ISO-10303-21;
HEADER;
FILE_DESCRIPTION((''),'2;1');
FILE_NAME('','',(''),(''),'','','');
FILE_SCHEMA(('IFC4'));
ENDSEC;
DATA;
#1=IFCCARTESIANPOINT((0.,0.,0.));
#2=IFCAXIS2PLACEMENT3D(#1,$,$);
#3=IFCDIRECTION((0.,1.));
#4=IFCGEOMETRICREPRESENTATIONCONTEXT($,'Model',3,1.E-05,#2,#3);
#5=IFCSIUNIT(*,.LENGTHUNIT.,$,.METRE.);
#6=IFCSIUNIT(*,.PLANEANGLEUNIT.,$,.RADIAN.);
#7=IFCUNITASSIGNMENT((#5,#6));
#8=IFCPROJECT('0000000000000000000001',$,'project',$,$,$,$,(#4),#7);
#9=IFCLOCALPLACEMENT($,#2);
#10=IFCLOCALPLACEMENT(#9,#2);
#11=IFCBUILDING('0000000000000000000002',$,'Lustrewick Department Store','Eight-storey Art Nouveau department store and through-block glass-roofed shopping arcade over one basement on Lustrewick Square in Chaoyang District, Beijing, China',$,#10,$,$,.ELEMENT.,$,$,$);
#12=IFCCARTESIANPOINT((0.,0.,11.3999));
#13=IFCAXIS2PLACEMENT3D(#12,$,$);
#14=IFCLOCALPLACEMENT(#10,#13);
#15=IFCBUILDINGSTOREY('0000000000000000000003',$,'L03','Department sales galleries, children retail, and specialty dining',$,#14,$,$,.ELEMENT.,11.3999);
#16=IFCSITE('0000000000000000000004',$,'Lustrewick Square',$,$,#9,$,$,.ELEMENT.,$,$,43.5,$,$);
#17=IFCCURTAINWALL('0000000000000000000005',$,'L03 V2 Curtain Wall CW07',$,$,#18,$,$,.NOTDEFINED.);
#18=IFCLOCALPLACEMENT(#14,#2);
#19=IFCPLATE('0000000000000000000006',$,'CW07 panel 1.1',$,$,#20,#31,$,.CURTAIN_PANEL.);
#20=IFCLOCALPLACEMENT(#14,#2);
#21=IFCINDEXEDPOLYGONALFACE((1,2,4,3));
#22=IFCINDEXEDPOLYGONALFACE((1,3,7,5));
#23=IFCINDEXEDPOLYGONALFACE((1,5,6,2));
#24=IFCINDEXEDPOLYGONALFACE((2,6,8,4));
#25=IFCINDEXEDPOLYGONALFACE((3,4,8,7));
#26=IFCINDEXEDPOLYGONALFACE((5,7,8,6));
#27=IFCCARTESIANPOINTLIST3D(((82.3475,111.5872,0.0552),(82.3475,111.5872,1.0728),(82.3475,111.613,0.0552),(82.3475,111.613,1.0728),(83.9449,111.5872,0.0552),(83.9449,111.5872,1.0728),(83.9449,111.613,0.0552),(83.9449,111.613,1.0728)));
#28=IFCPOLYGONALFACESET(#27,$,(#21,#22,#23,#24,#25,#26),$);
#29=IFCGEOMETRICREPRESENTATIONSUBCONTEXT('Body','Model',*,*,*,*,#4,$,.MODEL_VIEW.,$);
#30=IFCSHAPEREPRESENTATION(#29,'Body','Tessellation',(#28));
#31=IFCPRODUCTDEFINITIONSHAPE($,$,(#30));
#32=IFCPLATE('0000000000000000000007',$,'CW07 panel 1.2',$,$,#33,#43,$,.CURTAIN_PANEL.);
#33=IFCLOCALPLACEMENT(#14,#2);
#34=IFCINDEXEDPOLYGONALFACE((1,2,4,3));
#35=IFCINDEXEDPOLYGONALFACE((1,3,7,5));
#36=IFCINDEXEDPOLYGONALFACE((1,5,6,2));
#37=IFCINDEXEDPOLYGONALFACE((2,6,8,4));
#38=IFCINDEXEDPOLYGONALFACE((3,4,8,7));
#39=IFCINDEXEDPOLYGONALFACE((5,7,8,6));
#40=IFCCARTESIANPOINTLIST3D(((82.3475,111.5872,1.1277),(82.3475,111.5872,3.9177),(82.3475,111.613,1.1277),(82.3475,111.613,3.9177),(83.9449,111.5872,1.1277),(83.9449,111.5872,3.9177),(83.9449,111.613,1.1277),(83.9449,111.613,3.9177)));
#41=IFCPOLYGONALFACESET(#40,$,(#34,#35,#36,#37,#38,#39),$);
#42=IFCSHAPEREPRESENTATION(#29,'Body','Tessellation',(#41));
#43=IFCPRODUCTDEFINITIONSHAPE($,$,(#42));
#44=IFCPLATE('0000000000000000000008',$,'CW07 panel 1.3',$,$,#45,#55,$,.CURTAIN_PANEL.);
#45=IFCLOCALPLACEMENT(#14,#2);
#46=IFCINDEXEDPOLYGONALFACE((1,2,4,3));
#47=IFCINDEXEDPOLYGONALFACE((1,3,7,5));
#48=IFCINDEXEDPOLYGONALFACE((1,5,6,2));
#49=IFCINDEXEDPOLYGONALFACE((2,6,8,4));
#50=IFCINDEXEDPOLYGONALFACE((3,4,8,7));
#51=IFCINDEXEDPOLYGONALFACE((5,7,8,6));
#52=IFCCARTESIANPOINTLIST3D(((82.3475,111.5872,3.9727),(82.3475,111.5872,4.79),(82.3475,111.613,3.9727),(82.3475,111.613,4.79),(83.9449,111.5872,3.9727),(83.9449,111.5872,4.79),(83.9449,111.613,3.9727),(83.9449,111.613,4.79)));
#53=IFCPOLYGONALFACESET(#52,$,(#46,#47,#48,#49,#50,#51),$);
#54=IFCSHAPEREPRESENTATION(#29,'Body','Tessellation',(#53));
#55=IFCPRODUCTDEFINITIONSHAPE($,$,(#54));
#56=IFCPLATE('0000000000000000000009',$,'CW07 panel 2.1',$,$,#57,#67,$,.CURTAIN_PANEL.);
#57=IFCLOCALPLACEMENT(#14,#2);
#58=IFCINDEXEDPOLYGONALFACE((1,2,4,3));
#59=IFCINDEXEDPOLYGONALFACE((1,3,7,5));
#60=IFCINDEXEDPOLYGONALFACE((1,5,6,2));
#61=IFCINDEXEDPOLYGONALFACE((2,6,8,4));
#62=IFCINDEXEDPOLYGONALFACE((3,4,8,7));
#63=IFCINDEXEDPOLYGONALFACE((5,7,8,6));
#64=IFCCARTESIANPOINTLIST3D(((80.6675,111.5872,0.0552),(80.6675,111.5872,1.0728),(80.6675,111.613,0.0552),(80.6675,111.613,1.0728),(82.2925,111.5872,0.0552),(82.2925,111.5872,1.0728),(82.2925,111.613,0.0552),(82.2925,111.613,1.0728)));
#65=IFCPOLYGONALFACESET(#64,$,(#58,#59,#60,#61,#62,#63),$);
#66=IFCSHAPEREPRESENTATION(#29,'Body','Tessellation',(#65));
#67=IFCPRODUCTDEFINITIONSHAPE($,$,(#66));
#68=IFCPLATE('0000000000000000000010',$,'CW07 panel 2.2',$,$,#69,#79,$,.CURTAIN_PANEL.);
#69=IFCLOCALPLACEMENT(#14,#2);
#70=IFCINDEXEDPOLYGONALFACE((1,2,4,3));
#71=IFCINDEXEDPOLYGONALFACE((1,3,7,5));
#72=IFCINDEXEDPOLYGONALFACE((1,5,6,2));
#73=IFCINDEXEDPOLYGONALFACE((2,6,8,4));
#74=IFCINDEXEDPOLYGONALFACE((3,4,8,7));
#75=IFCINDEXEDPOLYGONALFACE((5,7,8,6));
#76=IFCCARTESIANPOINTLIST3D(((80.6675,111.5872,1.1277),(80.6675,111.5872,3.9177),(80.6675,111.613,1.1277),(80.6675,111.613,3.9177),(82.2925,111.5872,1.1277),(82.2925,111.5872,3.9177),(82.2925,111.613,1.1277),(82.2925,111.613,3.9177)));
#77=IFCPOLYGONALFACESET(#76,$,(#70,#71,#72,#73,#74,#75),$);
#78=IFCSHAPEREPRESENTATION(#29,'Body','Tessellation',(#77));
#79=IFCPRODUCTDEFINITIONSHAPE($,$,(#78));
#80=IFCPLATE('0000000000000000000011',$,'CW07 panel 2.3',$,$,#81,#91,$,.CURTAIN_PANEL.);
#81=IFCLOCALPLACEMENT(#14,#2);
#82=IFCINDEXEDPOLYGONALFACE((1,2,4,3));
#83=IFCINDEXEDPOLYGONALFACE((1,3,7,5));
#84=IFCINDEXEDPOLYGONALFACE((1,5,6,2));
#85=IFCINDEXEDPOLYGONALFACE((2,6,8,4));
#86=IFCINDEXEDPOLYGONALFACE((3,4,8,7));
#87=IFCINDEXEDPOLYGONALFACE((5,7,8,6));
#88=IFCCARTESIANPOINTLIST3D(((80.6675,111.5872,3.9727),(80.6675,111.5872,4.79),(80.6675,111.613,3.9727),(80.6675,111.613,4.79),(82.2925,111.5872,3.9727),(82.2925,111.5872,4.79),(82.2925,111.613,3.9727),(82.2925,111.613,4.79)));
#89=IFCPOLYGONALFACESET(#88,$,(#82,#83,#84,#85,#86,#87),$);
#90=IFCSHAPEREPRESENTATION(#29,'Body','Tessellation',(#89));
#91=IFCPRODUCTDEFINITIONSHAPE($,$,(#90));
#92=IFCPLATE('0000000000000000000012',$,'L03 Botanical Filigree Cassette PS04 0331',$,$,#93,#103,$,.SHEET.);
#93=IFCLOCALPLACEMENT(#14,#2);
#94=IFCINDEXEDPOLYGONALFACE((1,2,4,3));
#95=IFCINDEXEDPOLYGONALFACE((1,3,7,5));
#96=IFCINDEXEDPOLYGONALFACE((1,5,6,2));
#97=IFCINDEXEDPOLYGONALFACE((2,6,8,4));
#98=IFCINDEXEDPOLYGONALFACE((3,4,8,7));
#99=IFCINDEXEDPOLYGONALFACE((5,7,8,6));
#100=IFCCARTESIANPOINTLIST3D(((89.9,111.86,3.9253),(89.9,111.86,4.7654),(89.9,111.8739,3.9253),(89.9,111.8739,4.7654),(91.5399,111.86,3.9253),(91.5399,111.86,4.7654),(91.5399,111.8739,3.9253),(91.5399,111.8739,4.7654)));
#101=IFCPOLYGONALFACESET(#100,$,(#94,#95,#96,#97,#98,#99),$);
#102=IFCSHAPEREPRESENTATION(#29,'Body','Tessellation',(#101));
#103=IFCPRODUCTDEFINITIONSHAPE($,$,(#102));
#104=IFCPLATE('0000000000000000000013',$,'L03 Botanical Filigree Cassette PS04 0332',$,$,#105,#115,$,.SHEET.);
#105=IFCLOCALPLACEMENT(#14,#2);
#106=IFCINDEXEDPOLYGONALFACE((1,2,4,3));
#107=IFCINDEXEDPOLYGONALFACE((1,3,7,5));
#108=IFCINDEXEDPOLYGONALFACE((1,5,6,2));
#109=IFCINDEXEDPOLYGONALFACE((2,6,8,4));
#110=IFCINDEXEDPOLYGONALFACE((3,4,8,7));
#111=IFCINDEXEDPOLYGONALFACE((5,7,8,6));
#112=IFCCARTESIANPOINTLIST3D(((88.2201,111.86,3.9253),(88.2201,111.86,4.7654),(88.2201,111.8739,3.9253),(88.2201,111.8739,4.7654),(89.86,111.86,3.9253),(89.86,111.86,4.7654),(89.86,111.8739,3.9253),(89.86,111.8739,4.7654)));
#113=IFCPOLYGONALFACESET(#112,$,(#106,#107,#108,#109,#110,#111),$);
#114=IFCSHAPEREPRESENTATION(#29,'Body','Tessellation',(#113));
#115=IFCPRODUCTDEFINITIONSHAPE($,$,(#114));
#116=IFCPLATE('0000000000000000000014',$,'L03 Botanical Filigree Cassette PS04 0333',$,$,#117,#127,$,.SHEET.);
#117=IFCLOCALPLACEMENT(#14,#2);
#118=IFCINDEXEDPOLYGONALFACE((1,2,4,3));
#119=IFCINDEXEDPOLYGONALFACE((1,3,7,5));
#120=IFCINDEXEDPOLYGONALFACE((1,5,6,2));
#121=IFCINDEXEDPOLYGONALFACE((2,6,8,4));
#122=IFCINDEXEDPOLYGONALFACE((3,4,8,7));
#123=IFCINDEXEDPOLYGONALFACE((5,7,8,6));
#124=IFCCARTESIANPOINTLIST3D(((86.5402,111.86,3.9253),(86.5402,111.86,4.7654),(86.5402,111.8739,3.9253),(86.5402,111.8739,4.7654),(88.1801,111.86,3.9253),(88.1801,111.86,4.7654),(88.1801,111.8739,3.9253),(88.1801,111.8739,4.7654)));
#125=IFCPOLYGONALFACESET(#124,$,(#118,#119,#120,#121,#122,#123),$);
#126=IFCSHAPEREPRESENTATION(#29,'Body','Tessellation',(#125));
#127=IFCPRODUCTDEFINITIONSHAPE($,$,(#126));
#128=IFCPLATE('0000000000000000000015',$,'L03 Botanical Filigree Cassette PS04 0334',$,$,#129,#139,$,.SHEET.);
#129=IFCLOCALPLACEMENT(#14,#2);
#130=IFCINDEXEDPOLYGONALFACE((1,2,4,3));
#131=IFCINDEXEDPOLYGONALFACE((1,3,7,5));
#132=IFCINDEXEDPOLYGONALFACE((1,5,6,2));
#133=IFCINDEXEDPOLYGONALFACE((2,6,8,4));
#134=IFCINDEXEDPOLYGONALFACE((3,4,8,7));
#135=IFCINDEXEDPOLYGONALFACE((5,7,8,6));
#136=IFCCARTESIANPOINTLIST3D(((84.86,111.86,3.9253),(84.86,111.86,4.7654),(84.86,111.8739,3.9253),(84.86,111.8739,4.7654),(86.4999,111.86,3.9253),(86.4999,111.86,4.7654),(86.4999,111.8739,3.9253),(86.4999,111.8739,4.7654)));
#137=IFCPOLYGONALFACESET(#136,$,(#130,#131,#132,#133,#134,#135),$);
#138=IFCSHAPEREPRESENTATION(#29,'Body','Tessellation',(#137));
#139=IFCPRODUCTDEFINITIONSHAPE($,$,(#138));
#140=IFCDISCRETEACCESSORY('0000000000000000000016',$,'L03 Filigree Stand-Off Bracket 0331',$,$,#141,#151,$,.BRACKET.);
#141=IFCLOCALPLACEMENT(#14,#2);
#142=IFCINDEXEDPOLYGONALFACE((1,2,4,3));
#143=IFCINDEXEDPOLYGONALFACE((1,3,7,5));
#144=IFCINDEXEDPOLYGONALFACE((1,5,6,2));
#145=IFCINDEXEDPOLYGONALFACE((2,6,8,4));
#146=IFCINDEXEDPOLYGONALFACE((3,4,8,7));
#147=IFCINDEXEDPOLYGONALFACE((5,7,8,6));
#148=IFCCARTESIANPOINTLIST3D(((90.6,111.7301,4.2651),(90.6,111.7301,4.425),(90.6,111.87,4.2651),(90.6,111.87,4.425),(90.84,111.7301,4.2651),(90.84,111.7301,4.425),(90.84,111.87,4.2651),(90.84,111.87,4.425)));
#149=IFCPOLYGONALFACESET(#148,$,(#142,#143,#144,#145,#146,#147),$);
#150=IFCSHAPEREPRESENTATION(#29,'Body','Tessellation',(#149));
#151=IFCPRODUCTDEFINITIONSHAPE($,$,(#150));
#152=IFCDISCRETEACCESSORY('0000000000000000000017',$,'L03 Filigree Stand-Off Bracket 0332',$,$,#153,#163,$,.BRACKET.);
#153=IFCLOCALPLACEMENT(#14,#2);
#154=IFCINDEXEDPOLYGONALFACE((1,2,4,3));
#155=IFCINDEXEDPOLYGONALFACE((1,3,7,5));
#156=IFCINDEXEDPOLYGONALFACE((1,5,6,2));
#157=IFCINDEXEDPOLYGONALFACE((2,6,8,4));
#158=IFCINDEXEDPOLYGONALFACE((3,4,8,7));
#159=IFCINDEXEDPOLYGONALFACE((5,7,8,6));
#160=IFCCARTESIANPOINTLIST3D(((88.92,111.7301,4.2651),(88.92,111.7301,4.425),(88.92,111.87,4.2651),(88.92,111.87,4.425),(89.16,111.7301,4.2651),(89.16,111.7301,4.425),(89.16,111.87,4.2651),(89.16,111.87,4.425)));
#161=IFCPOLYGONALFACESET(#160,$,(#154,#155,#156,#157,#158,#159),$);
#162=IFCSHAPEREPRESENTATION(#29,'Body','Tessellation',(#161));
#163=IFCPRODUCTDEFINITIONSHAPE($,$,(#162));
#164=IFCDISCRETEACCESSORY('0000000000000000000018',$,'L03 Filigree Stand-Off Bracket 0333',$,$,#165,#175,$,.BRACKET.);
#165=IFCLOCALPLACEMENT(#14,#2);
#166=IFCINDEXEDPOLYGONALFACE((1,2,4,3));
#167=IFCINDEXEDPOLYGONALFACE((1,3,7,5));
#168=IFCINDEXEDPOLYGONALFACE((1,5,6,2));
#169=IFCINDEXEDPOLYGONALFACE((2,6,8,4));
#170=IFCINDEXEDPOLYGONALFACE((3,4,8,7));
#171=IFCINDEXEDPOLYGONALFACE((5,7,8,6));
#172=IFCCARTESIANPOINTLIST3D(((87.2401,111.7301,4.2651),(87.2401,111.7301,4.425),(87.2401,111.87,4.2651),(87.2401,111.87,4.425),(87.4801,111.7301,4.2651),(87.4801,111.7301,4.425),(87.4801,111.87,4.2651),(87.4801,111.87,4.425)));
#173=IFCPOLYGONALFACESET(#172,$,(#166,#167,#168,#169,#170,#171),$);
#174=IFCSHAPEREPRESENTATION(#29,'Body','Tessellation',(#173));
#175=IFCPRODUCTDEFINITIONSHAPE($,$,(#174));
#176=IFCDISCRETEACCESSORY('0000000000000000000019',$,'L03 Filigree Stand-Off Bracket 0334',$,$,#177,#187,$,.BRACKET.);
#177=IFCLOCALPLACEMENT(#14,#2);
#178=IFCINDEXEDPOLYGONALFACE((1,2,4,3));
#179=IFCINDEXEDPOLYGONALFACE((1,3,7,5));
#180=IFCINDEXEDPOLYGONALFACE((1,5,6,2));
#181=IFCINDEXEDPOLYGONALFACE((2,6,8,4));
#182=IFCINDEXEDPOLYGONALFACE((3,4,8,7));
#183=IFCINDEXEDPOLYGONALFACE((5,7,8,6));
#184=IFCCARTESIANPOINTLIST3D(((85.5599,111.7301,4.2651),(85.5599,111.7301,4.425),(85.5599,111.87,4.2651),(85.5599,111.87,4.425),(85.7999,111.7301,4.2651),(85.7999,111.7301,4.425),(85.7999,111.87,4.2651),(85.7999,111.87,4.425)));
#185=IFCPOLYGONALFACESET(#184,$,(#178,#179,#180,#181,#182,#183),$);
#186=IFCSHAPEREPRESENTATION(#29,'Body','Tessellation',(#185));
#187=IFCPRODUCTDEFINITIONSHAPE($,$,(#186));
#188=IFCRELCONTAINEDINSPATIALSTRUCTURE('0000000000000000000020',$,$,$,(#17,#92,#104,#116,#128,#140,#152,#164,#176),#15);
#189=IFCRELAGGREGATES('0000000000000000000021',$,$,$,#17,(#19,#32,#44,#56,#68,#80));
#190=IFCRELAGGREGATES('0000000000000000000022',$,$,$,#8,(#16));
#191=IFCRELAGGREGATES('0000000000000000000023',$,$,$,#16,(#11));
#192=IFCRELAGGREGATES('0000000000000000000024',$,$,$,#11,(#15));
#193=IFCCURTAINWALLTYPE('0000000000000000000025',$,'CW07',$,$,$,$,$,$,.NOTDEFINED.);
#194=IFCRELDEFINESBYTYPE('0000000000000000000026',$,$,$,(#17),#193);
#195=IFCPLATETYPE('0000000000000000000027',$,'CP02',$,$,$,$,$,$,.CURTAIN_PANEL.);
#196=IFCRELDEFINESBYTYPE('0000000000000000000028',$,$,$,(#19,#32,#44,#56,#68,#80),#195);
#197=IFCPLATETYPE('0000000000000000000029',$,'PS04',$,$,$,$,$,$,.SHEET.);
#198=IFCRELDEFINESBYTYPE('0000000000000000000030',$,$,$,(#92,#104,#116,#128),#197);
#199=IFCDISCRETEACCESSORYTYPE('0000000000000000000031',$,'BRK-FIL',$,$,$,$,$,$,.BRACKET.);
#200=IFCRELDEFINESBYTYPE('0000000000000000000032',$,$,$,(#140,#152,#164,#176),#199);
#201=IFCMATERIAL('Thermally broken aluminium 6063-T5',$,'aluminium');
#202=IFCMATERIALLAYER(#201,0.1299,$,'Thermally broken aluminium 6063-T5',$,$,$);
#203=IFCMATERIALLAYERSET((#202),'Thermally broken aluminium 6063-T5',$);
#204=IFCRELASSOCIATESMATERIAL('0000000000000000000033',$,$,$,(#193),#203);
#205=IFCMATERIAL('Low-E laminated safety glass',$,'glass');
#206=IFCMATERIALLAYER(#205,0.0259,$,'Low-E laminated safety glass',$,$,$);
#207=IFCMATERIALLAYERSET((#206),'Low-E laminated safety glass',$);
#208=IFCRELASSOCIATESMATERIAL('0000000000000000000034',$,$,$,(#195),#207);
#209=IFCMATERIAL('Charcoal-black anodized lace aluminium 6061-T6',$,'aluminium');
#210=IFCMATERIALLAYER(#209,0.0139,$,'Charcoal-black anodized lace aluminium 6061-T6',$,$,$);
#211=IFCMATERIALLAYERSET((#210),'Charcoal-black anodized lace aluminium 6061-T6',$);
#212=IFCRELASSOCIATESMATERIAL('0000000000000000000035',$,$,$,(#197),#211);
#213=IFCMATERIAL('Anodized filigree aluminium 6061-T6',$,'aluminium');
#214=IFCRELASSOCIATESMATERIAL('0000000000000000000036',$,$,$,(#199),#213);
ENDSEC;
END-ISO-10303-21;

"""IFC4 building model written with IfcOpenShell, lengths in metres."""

from ifc_helpers import new_model, si_unit, direction, frame, origin, origin_2d, place, context, subcontext, project, spatial, rectangle, extrude, material, layer, layer_set, type_object, element, aggregate, save


model = new_model("IFC4")

# Units and contexts
model_context = context("Model", 3, precision=1e-05, world=origin(), true_north=direction((0.0, 1.0)))
body_context = subcontext(model_context, "Body", "Model", "MODEL_VIEW")
ifc_project = project(units=[si_unit("LENGTHUNIT", "METRE"), si_unit("PLANEANGLEUNIT", "RADIAN")], contexts=[model_context])

# Site, building, storey
site_placement = place(None, origin())
site = spatial("IfcSite", under=ifc_project, at=site_placement, Name="Lustrewick Square", CompositionType="ELEMENT", RefElevation=43.5)
building_placement = place(site_placement, origin())
building = spatial("IfcBuilding", under=site, at=building_placement, Name="Lustrewick Department Store", Description="Eight-storey Art Nouveau department store and through-block glass-roofed shopping arcade over one basement on Lustrewick Square in Chaoyang District, Beijing, China", CompositionType="ELEMENT")
storey_placement = place(building_placement, frame((0.0, 0.0, 11.3999)))
storey = spatial("IfcBuildingStorey", under=building, at=storey_placement, Name="L03", Description="Department sales galleries, children retail, and specialty dining", CompositionType="ELEMENT", Elevation=11.3999)

# Curtain wall
ifc_material_1 = material(Name="Thermally broken aluminium 6063-T5", Category="aluminium")
ifc_layer_1 = layer(ifc_material_1, 0.1299, Name="Thermally broken aluminium 6063-T5")
ifc_layer_set_1 = layer_set([ifc_layer_1], Name="Thermally broken aluminium 6063-T5")
curtain_wall_type = type_object("IfcCurtainWallType", Name="CW07", PredefinedType="NOTDEFINED", material=ifc_layer_set_1)
curtain_wall_placement = place(storey_placement, origin())
curtain_wall = element("IfcCurtainWall", 1, at=curtain_wall_placement, inside=storey, type_object=curtain_wall_type, Name="L03 V2 Curtain Wall CW07", PredefinedType="NOTDEFINED")

# Plates
ifc_material_2 = material(Name="Low-E laminated safety glass", Category="glass")
ifc_layer_2 = layer(ifc_material_2, 0.0259, Name="Low-E laminated safety glass")
ifc_layer_set_2 = layer_set([ifc_layer_2], Name="Low-E laminated safety glass")
plate_type_1 = type_object("IfcPlateType", Name="CP02", PredefinedType="CURTAIN_PANEL", material=ifc_layer_set_2)
plate_1_placement = place(storey_placement, frame((83.1462, 111.6001, 0.0552), z_axis=(0.0, 0.0, 1.0), x_axis=(-1.0, 0.0, 0.0)))
plate_1 = element("IfcPlate", 2, at=plate_1_placement, type_object=plate_type_1, Name="CW07 panel 1.1", PredefinedType="CURTAIN_PANEL", context=body_context, shape_type="SweptSolid", body=[
    extrude(rectangle(XDim=1.5974, YDim=0.0259, at=origin_2d()), origin(), (0.0, 0.0, 1.0), 1.0176),
])
plate_2_placement = place(storey_placement, frame((83.1462, 111.6001, 1.1277), z_axis=(0.0, 0.0, 1.0), x_axis=(-1.0, 0.0, 0.0)))
plate_2 = element("IfcPlate", 3, at=plate_2_placement, type_object=plate_type_1, Name="CW07 panel 1.2", PredefinedType="CURTAIN_PANEL", context=body_context, shape_type="SweptSolid", body=[
    extrude(rectangle(XDim=1.5974, YDim=0.0259, at=origin_2d()), origin(), (0.0, 0.0, 1.0), 2.79),
])
plate_3_placement = place(storey_placement, frame((83.1462, 111.6001, 3.9727), z_axis=(0.0, 0.0, 1.0), x_axis=(-1.0, 0.0, 0.0)))
plate_3 = element("IfcPlate", 4, at=plate_3_placement, type_object=plate_type_1, Name="CW07 panel 1.3", PredefinedType="CURTAIN_PANEL", context=body_context, shape_type="SweptSolid", body=[
    extrude(rectangle(XDim=1.5974, YDim=0.0259, at=origin_2d()), origin(), (0.0, 0.0, 1.0), 0.8174),
])
plate_4_placement = place(storey_placement, frame((81.48, 111.6001, 0.0552), z_axis=(0.0, 0.0, 1.0), x_axis=(-1.0, 0.0, 0.0)))
plate_4 = element("IfcPlate", 5, at=plate_4_placement, type_object=plate_type_1, Name="CW07 panel 2.1", PredefinedType="CURTAIN_PANEL", context=body_context, shape_type="SweptSolid", body=[
    extrude(rectangle(XDim=1.625, YDim=0.0259, at=origin_2d()), origin(), (0.0, 0.0, 1.0), 1.0176),
])
plate_5_placement = place(storey_placement, frame((81.48, 111.6001, 1.1277), z_axis=(0.0, 0.0, 1.0), x_axis=(-1.0, 0.0, 0.0)))
plate_5 = element("IfcPlate", 6, at=plate_5_placement, type_object=plate_type_1, Name="CW07 panel 2.2", PredefinedType="CURTAIN_PANEL", context=body_context, shape_type="SweptSolid", body=[
    extrude(rectangle(XDim=1.625, YDim=0.0259, at=origin_2d()), origin(), (0.0, 0.0, 1.0), 2.79),
])
plate_6_placement = place(storey_placement, frame((81.48, 111.6001, 3.9727), z_axis=(0.0, 0.0, 1.0), x_axis=(-1.0, 0.0, 0.0)))
plate_6 = element("IfcPlate", 7, at=plate_6_placement, type_object=plate_type_1, Name="CW07 panel 2.3", PredefinedType="CURTAIN_PANEL", context=body_context, shape_type="SweptSolid", body=[
    extrude(rectangle(XDim=1.625, YDim=0.0259, at=origin_2d()), origin(), (0.0, 0.0, 1.0), 0.8174),
])
aggregate(curtain_wall, [plate_1, plate_2, plate_3, plate_4, plate_5, plate_6])

# Plates
ifc_material_3 = material(Name="Charcoal-black anodized lace aluminium 6061-T6", Category="aluminium")
ifc_layer_3 = layer(ifc_material_3, 0.0139, Name="Charcoal-black anodized lace aluminium 6061-T6")
ifc_layer_set_3 = layer_set([ifc_layer_3], Name="Charcoal-black anodized lace aluminium 6061-T6")
plate_type_2 = type_object("IfcPlateType", Name="PS04", PredefinedType="SHEET", material=ifc_layer_set_3)
for number, where, z_axis, x_axis, name in (
    (8, (90.72, 111.8669, 3.9253), (0.0, 0.0, 1.0), (-1.0, 0.0, 0.0), "L03 Botanical Filigree Cassette PS04 0331"),
    (9, (89.04, 111.8669, 3.9253), (0.0, 0.0, 1.0), (-1.0, 0.0, 0.0), "L03 Botanical Filigree Cassette PS04 0332"),
    (10, (87.3601, 111.8669, 3.9253), (0.0, 0.0, 1.0), (-1.0, 0.0, 0.0), "L03 Botanical Filigree Cassette PS04 0333"),
    (11, (85.6799, 111.8669, 3.9253), (0.0, 0.0, 1.0), (-1.0, 0.0, 0.0), "L03 Botanical Filigree Cassette PS04 0334"),
):
    element("IfcPlate", number, at=place(storey_placement, frame(where, z_axis=z_axis, x_axis=x_axis)), inside=storey, type_object=plate_type_2, Name=name, PredefinedType="SHEET", context=body_context, shape_type="SweptSolid", body=[
        extrude(rectangle(XDim=1.6399, YDim=0.0139, at=origin_2d()), origin(), (0.0, 0.0, 1.0), 0.8401),
    ])

# Discrete accessories
ifc_material_4 = material(Name="Anodized filigree aluminium 6061-T6", Category="aluminium")
discrete_accessory_type_1 = type_object("IfcDiscreteAccessoryType", Name="BRK-FIL", PredefinedType="BRACKET", material=ifc_material_4)
for number, where, z_axis, x_axis, name in (
    (12, (90.72, 111.8, 4.2651), (0.0, 0.0, 1.0), (-1.0, 0.0, 0.0), "L03 Filigree Stand-Off Bracket 0331"),
    (13, (89.04, 111.8, 4.2651), (0.0, 0.0, 1.0), (-1.0, 0.0, 0.0), "L03 Filigree Stand-Off Bracket 0332"),
    (14, (87.3601, 111.8, 4.2651), (0.0, 0.0, 1.0), (-1.0, 0.0, 0.0), "L03 Filigree Stand-Off Bracket 0333"),
    (15, (85.6799, 111.8, 4.2651), (0.0, 0.0, 1.0), (-1.0, 0.0, 0.0), "L03 Filigree Stand-Off Bracket 0334"),
):
    element("IfcDiscreteAccessory", number, at=place(storey_placement, frame(where, z_axis=z_axis, x_axis=x_axis)), inside=storey, type_object=discrete_accessory_type_1, Name=name, PredefinedType="BRACKET", context=body_context, shape_type="SweptSolid", body=[
        extrude(rectangle(XDim=0.24, YDim=0.1399, at=origin_2d()), origin(), (0.0, 0.0, 1.0), 0.1599),
    ])

save(model, "model.ifc")
